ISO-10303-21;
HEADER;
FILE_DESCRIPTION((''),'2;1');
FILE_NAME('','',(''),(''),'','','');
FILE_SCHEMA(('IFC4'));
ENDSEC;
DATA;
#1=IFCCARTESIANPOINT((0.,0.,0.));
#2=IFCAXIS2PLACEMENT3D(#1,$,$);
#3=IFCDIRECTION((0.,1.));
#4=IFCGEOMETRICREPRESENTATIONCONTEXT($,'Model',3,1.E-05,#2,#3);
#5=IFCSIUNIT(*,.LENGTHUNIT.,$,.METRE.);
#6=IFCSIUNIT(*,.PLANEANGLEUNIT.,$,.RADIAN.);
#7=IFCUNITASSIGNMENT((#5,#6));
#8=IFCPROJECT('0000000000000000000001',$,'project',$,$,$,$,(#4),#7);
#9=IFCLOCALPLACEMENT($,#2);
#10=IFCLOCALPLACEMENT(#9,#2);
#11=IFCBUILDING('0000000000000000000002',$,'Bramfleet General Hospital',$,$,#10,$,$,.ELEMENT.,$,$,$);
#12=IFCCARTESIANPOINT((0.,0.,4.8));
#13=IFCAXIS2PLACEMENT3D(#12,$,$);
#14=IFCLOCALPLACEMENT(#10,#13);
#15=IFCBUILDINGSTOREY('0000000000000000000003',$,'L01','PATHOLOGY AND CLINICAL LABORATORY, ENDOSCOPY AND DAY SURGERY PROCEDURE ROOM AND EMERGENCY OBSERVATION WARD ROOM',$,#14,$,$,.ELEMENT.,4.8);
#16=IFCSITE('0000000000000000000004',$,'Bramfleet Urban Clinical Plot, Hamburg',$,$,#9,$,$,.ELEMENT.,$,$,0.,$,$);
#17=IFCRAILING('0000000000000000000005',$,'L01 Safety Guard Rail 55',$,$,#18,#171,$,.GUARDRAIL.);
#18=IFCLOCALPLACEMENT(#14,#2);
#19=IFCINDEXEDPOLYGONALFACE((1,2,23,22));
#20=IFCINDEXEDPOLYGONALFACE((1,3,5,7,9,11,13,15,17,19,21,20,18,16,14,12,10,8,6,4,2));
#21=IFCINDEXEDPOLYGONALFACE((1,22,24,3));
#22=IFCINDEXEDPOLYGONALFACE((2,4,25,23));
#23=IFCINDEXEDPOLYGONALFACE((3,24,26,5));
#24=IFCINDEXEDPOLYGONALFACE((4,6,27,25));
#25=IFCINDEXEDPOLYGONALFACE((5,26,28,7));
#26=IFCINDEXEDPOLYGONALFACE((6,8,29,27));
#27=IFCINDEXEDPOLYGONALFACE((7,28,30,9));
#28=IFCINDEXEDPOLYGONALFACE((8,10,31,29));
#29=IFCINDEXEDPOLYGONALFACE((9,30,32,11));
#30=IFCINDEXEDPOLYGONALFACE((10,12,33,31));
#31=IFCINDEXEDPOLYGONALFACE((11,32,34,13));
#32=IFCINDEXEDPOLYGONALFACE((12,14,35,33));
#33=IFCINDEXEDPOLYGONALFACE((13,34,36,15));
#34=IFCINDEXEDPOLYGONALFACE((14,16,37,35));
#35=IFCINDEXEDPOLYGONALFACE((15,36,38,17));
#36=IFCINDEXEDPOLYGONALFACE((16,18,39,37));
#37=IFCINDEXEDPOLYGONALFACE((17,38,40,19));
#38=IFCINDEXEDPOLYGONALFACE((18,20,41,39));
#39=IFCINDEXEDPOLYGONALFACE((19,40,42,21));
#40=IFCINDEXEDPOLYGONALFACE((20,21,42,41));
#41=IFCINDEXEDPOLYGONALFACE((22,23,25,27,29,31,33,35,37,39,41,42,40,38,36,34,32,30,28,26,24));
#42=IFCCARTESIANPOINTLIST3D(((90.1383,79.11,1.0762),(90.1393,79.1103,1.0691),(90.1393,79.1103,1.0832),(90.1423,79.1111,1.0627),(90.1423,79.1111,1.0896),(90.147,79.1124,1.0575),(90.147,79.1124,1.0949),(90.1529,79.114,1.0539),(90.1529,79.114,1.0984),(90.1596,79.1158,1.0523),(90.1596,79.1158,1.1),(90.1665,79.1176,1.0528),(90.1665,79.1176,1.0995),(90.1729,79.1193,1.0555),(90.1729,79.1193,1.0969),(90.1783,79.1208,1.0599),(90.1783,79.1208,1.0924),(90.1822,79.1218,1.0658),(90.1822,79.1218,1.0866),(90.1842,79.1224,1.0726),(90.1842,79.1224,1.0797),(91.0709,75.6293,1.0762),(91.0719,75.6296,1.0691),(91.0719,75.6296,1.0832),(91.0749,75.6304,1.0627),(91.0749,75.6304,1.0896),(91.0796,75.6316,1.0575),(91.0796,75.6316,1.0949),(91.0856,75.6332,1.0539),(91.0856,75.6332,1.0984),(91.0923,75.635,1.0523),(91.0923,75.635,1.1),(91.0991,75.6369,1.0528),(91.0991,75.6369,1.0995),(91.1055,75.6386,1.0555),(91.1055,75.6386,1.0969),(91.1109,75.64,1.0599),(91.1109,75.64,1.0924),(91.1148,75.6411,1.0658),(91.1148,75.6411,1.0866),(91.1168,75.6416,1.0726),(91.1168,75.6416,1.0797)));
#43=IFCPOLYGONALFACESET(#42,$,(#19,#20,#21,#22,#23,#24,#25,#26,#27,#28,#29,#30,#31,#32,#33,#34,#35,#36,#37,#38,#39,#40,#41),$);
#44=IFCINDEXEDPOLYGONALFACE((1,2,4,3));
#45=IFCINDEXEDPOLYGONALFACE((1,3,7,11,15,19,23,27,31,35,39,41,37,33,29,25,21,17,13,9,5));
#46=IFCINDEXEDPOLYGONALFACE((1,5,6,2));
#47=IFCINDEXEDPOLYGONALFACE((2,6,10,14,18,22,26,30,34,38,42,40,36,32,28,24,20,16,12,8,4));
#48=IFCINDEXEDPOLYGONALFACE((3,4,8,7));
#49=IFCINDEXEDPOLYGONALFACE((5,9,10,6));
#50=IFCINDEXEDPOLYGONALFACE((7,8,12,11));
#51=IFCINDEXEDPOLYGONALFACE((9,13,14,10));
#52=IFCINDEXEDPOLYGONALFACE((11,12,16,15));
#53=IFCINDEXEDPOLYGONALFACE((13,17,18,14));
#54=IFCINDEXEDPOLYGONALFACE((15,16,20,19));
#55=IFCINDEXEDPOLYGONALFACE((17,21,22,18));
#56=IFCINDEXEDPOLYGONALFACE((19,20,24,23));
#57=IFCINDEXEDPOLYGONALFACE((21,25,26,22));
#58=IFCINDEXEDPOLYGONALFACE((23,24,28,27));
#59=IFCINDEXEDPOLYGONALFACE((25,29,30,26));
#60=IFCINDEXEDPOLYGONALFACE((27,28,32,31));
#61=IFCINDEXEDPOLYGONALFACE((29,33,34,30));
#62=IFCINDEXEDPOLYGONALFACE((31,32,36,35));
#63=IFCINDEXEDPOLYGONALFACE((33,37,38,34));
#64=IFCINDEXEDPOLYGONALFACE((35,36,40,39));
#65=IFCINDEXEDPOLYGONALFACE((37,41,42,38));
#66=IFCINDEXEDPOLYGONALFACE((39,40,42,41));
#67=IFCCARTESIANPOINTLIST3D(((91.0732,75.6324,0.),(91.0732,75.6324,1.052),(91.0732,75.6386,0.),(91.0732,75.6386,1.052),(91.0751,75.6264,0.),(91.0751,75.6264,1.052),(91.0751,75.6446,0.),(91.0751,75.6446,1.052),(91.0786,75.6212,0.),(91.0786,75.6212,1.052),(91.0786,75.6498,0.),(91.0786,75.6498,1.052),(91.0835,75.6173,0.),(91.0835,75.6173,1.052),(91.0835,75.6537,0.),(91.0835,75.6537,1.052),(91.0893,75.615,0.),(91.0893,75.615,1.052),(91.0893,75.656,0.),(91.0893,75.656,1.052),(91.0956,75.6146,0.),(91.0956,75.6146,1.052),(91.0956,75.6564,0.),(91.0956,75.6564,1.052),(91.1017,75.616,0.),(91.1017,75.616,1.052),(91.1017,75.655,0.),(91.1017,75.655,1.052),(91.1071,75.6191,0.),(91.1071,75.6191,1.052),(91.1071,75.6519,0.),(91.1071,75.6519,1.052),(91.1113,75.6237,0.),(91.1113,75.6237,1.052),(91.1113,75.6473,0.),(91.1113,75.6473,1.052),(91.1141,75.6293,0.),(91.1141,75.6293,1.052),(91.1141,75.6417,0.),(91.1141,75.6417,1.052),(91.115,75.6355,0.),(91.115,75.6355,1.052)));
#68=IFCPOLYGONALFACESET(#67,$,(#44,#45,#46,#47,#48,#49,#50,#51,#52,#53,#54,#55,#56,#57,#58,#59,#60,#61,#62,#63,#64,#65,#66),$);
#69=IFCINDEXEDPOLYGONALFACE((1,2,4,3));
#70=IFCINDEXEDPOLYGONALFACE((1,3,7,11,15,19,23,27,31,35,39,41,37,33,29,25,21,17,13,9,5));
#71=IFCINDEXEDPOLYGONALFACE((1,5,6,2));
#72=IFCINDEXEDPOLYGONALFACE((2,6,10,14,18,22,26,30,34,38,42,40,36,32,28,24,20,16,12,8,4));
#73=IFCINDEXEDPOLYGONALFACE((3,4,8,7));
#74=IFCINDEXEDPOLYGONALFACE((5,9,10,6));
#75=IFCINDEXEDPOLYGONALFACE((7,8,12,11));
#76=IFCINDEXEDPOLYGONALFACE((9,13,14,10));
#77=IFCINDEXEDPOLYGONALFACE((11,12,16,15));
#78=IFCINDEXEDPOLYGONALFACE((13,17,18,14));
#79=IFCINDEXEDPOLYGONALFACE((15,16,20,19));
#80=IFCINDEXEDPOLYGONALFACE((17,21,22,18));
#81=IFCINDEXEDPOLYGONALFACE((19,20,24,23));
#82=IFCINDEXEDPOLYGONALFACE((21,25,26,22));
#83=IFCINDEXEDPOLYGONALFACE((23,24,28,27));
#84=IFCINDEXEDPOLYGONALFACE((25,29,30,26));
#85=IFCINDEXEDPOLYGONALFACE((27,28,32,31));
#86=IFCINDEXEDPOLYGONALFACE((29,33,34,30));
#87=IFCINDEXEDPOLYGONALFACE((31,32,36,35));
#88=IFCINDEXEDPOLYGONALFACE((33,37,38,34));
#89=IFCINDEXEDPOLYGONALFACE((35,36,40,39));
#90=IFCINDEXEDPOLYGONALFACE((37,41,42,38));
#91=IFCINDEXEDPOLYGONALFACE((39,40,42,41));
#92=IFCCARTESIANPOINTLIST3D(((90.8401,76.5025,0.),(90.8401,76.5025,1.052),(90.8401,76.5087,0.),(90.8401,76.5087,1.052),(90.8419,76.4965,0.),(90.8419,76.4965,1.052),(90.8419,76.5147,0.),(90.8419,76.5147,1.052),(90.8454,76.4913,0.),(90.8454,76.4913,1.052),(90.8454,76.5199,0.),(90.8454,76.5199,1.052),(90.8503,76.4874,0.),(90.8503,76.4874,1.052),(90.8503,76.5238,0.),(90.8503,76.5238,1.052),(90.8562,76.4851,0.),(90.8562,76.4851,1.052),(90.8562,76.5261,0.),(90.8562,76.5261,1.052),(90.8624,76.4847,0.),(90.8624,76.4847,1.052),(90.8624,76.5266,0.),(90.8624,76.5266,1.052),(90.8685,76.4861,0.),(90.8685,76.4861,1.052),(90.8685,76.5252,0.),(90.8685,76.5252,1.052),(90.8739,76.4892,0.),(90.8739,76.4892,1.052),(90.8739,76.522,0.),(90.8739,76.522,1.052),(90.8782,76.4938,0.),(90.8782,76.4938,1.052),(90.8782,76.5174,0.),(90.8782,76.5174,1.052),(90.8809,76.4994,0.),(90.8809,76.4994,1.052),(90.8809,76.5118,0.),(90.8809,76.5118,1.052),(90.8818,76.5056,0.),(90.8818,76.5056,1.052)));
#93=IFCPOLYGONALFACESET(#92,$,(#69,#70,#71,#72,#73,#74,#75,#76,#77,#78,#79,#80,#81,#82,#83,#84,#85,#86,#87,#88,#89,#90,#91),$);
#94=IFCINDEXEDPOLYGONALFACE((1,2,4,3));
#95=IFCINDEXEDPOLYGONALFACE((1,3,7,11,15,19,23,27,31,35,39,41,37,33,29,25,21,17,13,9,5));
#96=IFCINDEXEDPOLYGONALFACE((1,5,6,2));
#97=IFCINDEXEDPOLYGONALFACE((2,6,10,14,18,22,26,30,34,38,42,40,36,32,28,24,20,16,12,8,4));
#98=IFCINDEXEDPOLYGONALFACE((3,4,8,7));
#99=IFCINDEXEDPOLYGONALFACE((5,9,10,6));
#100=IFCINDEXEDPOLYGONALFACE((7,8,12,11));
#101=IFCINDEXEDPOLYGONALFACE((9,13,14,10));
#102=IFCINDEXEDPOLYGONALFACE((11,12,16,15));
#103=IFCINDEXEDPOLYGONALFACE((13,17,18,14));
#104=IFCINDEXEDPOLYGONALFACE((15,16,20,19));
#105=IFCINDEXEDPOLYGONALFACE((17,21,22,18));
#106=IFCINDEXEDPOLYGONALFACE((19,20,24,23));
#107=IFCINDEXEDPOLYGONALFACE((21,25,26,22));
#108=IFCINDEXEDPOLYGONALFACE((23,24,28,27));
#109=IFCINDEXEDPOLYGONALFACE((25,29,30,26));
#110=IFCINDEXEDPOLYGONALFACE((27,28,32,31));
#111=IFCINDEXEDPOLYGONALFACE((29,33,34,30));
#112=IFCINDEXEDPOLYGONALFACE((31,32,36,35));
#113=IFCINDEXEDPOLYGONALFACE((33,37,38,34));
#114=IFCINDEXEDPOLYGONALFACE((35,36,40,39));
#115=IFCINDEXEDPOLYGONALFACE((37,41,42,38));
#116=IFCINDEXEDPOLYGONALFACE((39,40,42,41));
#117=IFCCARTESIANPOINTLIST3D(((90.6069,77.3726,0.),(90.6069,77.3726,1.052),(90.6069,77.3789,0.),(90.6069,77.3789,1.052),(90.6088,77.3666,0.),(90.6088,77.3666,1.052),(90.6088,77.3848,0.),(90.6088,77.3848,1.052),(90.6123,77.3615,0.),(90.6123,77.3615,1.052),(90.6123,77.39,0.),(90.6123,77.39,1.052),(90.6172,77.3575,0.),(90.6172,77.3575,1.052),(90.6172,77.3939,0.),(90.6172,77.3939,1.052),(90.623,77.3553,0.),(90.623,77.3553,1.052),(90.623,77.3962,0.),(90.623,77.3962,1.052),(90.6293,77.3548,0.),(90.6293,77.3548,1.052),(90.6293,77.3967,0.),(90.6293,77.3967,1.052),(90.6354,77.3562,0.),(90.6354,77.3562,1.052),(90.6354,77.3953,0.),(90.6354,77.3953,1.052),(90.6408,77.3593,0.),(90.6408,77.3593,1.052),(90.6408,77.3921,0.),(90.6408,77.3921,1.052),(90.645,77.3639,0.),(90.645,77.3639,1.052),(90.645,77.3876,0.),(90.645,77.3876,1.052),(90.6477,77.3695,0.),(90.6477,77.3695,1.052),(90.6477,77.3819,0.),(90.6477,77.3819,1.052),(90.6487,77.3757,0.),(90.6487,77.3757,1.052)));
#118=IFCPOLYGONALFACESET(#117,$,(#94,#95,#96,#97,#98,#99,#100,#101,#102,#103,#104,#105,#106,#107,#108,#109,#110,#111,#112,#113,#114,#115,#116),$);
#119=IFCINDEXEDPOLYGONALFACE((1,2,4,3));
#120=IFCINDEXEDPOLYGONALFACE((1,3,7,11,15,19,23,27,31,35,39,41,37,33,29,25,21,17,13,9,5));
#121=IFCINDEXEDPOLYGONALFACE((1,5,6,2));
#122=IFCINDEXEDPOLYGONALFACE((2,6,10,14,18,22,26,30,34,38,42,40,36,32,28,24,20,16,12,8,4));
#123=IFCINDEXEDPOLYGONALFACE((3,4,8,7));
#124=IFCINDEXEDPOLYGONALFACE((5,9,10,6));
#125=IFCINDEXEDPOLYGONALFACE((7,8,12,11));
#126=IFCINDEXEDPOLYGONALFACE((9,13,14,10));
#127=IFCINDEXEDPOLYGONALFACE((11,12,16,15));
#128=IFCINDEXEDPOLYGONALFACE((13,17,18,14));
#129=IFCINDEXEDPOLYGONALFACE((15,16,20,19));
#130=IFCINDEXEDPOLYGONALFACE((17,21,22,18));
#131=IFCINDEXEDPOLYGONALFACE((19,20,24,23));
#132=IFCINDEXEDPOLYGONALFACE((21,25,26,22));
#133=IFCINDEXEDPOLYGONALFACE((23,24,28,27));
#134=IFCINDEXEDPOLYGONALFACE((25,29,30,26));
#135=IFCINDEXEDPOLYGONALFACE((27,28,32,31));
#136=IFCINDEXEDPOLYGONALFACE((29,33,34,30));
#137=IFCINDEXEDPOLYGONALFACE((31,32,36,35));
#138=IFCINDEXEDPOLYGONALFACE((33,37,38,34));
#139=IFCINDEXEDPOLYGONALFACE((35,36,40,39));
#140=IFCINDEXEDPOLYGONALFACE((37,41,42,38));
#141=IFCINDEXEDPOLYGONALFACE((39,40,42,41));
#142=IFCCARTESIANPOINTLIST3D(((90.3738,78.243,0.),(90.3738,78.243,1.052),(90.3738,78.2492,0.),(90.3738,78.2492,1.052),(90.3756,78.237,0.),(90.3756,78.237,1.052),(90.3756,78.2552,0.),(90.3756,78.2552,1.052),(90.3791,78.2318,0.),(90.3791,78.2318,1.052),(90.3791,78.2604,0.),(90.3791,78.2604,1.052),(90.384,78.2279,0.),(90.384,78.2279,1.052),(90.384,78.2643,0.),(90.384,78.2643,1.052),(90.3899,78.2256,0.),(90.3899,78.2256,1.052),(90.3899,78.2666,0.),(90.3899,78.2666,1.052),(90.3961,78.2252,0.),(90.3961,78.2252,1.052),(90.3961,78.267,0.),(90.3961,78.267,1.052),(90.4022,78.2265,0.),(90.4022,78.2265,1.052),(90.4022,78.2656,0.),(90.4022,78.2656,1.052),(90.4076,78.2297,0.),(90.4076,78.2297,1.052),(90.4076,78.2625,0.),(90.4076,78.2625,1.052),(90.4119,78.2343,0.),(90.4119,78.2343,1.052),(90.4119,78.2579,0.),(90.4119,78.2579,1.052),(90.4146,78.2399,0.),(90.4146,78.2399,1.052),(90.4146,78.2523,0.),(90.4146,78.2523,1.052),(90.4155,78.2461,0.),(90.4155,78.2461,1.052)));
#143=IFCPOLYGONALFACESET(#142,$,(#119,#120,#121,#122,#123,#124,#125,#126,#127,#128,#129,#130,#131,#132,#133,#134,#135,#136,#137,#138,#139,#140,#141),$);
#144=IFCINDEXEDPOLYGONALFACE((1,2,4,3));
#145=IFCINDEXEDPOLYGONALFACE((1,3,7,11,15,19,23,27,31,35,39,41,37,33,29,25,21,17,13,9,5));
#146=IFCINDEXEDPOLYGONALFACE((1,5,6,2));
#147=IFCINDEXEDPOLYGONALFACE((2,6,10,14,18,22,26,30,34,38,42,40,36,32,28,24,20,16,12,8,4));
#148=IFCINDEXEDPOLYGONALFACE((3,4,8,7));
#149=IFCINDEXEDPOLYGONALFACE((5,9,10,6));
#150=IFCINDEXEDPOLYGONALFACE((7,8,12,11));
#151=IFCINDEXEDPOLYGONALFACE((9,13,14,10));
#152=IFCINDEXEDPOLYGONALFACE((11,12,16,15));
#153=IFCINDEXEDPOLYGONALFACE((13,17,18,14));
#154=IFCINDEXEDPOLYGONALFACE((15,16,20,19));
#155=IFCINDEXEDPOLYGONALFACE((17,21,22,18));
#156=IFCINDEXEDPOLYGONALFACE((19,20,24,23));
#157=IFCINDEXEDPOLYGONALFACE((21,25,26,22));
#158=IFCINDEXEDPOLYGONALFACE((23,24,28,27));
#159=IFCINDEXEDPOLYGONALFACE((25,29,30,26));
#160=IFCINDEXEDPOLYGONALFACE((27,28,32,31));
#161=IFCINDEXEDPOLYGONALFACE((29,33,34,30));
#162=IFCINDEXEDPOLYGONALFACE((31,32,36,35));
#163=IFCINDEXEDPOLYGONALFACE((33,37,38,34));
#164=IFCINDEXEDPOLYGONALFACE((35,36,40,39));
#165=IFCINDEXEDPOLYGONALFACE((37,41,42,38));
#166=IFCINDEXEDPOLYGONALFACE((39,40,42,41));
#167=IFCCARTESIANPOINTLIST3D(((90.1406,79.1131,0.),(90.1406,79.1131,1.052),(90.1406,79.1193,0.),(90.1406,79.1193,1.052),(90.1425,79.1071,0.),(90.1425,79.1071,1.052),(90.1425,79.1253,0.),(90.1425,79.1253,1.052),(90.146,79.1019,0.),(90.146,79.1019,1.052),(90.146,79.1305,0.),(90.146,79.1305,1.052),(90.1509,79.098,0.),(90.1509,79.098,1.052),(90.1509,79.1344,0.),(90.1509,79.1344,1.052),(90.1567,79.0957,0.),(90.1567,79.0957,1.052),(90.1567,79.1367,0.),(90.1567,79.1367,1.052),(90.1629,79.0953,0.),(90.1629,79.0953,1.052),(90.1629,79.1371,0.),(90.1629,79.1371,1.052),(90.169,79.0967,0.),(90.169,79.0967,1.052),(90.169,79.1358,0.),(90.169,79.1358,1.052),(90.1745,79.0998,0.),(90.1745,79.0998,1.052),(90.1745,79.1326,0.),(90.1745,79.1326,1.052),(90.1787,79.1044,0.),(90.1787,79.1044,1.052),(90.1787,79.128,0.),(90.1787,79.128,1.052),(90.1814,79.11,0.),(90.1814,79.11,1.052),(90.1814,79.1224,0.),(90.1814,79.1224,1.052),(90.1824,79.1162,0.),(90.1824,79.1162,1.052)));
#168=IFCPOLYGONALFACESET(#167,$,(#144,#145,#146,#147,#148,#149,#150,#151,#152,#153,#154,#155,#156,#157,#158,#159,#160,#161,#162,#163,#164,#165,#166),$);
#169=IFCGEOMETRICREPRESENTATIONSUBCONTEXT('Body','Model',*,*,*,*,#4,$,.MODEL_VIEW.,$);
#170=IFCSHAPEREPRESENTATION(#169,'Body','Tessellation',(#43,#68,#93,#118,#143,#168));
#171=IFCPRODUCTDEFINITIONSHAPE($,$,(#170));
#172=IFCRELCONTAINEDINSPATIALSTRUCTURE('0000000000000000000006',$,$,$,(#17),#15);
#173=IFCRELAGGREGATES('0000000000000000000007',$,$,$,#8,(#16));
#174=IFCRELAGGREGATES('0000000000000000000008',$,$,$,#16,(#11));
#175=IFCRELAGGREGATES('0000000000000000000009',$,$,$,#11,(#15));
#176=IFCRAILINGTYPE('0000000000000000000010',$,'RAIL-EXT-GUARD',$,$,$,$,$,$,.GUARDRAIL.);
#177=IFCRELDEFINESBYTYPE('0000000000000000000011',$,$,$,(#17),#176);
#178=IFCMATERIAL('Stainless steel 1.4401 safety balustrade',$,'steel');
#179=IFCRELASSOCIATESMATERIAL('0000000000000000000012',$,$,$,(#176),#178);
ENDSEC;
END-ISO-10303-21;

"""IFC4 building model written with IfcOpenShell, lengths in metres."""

from ifc_helpers import new_model, si_unit, direction, frame, origin, origin_2d, place, context, subcontext, project, spatial, circle, extrude, material, type_object, element, save


model = new_model("IFC4")

# Units and contexts
model_context = context("Model", 3, precision=1e-05, world=origin(), true_north=direction((0.0, 1.0)))
body_context = subcontext(model_context, "Body", "Model", "MODEL_VIEW")
ifc_project = project(units=[si_unit("LENGTHUNIT", "METRE"), si_unit("PLANEANGLEUNIT", "RADIAN")], contexts=[model_context])

# Site, building, storey
site_placement = place(None, origin())
site = spatial("IfcSite", under=ifc_project, at=site_placement, Name="Bramfleet Urban Clinical Plot, Hamburg", CompositionType="ELEMENT", RefElevation=0.0)
building_placement = place(site_placement, origin())
building = spatial("IfcBuilding", under=site, at=building_placement, Name="Bramfleet General Hospital", CompositionType="ELEMENT")
storey_placement = place(building_placement, frame((0.0, 0.0, 4.8)))
storey = spatial("IfcBuildingStorey", under=building, at=storey_placement, Name="L01", Description="PATHOLOGY AND CLINICAL LABORATORY, ENDOSCOPY AND DAY SURGERY PROCEDURE ROOM AND EMERGENCY OBSERVATION WARD ROOM", CompositionType="ELEMENT", Elevation=4.8)

# Railing
ifc_material_1 = material(Name="Stainless steel 1.4401 safety balustrade", Category="steel")
railing_type = type_object("IfcRailingType", Name="RAIL-EXT-GUARD", PredefinedType="GUARDRAIL", material=ifc_material_1)
railing_placement = place(storey_placement, frame((91.094, 75.6355, 0.0)))
element("IfcRailing", 1, at=railing_placement, inside=storey, type_object=railing_type, Name="L01 Safety Guard Rail 55", PredefinedType="GUARDRAIL", context=body_context, shape_type="SweptSolid", body=[
    extrude(circle(Radius=0.0239, at=origin_2d()), frame((0.0, 0.0, 1.0762), z_axis=(-0.258809, 0.965928, 0.0), x_axis=(-0.965928, -0.258809, 0.0)), (0.0, 0.0, 1.0), 3.6035),
    extrude(circle(Radius=0.021, at=origin_2d()), origin(), (0.0, 0.0, 1.0), 1.052),
    extrude(circle(Radius=0.021, at=origin_2d()), frame((-0.2332, 0.8701, 0.0)), (0.0, 0.0, 1.0), 1.052),
    extrude(circle(Radius=0.021, at=origin_2d()), frame((-0.4663, 1.7402, 0.0)), (0.0, 0.0, 1.0), 1.052),
    extrude(circle(Radius=0.021, at=origin_2d()), frame((-0.6995, 2.6106, 0.0)), (0.0, 0.0, 1.0), 1.052),
    extrude(circle(Radius=0.021, at=origin_2d()), frame((-0.9326, 3.4807, 0.0)), (0.0, 0.0, 1.0), 1.052),
])

save(model, "model.ifc")
